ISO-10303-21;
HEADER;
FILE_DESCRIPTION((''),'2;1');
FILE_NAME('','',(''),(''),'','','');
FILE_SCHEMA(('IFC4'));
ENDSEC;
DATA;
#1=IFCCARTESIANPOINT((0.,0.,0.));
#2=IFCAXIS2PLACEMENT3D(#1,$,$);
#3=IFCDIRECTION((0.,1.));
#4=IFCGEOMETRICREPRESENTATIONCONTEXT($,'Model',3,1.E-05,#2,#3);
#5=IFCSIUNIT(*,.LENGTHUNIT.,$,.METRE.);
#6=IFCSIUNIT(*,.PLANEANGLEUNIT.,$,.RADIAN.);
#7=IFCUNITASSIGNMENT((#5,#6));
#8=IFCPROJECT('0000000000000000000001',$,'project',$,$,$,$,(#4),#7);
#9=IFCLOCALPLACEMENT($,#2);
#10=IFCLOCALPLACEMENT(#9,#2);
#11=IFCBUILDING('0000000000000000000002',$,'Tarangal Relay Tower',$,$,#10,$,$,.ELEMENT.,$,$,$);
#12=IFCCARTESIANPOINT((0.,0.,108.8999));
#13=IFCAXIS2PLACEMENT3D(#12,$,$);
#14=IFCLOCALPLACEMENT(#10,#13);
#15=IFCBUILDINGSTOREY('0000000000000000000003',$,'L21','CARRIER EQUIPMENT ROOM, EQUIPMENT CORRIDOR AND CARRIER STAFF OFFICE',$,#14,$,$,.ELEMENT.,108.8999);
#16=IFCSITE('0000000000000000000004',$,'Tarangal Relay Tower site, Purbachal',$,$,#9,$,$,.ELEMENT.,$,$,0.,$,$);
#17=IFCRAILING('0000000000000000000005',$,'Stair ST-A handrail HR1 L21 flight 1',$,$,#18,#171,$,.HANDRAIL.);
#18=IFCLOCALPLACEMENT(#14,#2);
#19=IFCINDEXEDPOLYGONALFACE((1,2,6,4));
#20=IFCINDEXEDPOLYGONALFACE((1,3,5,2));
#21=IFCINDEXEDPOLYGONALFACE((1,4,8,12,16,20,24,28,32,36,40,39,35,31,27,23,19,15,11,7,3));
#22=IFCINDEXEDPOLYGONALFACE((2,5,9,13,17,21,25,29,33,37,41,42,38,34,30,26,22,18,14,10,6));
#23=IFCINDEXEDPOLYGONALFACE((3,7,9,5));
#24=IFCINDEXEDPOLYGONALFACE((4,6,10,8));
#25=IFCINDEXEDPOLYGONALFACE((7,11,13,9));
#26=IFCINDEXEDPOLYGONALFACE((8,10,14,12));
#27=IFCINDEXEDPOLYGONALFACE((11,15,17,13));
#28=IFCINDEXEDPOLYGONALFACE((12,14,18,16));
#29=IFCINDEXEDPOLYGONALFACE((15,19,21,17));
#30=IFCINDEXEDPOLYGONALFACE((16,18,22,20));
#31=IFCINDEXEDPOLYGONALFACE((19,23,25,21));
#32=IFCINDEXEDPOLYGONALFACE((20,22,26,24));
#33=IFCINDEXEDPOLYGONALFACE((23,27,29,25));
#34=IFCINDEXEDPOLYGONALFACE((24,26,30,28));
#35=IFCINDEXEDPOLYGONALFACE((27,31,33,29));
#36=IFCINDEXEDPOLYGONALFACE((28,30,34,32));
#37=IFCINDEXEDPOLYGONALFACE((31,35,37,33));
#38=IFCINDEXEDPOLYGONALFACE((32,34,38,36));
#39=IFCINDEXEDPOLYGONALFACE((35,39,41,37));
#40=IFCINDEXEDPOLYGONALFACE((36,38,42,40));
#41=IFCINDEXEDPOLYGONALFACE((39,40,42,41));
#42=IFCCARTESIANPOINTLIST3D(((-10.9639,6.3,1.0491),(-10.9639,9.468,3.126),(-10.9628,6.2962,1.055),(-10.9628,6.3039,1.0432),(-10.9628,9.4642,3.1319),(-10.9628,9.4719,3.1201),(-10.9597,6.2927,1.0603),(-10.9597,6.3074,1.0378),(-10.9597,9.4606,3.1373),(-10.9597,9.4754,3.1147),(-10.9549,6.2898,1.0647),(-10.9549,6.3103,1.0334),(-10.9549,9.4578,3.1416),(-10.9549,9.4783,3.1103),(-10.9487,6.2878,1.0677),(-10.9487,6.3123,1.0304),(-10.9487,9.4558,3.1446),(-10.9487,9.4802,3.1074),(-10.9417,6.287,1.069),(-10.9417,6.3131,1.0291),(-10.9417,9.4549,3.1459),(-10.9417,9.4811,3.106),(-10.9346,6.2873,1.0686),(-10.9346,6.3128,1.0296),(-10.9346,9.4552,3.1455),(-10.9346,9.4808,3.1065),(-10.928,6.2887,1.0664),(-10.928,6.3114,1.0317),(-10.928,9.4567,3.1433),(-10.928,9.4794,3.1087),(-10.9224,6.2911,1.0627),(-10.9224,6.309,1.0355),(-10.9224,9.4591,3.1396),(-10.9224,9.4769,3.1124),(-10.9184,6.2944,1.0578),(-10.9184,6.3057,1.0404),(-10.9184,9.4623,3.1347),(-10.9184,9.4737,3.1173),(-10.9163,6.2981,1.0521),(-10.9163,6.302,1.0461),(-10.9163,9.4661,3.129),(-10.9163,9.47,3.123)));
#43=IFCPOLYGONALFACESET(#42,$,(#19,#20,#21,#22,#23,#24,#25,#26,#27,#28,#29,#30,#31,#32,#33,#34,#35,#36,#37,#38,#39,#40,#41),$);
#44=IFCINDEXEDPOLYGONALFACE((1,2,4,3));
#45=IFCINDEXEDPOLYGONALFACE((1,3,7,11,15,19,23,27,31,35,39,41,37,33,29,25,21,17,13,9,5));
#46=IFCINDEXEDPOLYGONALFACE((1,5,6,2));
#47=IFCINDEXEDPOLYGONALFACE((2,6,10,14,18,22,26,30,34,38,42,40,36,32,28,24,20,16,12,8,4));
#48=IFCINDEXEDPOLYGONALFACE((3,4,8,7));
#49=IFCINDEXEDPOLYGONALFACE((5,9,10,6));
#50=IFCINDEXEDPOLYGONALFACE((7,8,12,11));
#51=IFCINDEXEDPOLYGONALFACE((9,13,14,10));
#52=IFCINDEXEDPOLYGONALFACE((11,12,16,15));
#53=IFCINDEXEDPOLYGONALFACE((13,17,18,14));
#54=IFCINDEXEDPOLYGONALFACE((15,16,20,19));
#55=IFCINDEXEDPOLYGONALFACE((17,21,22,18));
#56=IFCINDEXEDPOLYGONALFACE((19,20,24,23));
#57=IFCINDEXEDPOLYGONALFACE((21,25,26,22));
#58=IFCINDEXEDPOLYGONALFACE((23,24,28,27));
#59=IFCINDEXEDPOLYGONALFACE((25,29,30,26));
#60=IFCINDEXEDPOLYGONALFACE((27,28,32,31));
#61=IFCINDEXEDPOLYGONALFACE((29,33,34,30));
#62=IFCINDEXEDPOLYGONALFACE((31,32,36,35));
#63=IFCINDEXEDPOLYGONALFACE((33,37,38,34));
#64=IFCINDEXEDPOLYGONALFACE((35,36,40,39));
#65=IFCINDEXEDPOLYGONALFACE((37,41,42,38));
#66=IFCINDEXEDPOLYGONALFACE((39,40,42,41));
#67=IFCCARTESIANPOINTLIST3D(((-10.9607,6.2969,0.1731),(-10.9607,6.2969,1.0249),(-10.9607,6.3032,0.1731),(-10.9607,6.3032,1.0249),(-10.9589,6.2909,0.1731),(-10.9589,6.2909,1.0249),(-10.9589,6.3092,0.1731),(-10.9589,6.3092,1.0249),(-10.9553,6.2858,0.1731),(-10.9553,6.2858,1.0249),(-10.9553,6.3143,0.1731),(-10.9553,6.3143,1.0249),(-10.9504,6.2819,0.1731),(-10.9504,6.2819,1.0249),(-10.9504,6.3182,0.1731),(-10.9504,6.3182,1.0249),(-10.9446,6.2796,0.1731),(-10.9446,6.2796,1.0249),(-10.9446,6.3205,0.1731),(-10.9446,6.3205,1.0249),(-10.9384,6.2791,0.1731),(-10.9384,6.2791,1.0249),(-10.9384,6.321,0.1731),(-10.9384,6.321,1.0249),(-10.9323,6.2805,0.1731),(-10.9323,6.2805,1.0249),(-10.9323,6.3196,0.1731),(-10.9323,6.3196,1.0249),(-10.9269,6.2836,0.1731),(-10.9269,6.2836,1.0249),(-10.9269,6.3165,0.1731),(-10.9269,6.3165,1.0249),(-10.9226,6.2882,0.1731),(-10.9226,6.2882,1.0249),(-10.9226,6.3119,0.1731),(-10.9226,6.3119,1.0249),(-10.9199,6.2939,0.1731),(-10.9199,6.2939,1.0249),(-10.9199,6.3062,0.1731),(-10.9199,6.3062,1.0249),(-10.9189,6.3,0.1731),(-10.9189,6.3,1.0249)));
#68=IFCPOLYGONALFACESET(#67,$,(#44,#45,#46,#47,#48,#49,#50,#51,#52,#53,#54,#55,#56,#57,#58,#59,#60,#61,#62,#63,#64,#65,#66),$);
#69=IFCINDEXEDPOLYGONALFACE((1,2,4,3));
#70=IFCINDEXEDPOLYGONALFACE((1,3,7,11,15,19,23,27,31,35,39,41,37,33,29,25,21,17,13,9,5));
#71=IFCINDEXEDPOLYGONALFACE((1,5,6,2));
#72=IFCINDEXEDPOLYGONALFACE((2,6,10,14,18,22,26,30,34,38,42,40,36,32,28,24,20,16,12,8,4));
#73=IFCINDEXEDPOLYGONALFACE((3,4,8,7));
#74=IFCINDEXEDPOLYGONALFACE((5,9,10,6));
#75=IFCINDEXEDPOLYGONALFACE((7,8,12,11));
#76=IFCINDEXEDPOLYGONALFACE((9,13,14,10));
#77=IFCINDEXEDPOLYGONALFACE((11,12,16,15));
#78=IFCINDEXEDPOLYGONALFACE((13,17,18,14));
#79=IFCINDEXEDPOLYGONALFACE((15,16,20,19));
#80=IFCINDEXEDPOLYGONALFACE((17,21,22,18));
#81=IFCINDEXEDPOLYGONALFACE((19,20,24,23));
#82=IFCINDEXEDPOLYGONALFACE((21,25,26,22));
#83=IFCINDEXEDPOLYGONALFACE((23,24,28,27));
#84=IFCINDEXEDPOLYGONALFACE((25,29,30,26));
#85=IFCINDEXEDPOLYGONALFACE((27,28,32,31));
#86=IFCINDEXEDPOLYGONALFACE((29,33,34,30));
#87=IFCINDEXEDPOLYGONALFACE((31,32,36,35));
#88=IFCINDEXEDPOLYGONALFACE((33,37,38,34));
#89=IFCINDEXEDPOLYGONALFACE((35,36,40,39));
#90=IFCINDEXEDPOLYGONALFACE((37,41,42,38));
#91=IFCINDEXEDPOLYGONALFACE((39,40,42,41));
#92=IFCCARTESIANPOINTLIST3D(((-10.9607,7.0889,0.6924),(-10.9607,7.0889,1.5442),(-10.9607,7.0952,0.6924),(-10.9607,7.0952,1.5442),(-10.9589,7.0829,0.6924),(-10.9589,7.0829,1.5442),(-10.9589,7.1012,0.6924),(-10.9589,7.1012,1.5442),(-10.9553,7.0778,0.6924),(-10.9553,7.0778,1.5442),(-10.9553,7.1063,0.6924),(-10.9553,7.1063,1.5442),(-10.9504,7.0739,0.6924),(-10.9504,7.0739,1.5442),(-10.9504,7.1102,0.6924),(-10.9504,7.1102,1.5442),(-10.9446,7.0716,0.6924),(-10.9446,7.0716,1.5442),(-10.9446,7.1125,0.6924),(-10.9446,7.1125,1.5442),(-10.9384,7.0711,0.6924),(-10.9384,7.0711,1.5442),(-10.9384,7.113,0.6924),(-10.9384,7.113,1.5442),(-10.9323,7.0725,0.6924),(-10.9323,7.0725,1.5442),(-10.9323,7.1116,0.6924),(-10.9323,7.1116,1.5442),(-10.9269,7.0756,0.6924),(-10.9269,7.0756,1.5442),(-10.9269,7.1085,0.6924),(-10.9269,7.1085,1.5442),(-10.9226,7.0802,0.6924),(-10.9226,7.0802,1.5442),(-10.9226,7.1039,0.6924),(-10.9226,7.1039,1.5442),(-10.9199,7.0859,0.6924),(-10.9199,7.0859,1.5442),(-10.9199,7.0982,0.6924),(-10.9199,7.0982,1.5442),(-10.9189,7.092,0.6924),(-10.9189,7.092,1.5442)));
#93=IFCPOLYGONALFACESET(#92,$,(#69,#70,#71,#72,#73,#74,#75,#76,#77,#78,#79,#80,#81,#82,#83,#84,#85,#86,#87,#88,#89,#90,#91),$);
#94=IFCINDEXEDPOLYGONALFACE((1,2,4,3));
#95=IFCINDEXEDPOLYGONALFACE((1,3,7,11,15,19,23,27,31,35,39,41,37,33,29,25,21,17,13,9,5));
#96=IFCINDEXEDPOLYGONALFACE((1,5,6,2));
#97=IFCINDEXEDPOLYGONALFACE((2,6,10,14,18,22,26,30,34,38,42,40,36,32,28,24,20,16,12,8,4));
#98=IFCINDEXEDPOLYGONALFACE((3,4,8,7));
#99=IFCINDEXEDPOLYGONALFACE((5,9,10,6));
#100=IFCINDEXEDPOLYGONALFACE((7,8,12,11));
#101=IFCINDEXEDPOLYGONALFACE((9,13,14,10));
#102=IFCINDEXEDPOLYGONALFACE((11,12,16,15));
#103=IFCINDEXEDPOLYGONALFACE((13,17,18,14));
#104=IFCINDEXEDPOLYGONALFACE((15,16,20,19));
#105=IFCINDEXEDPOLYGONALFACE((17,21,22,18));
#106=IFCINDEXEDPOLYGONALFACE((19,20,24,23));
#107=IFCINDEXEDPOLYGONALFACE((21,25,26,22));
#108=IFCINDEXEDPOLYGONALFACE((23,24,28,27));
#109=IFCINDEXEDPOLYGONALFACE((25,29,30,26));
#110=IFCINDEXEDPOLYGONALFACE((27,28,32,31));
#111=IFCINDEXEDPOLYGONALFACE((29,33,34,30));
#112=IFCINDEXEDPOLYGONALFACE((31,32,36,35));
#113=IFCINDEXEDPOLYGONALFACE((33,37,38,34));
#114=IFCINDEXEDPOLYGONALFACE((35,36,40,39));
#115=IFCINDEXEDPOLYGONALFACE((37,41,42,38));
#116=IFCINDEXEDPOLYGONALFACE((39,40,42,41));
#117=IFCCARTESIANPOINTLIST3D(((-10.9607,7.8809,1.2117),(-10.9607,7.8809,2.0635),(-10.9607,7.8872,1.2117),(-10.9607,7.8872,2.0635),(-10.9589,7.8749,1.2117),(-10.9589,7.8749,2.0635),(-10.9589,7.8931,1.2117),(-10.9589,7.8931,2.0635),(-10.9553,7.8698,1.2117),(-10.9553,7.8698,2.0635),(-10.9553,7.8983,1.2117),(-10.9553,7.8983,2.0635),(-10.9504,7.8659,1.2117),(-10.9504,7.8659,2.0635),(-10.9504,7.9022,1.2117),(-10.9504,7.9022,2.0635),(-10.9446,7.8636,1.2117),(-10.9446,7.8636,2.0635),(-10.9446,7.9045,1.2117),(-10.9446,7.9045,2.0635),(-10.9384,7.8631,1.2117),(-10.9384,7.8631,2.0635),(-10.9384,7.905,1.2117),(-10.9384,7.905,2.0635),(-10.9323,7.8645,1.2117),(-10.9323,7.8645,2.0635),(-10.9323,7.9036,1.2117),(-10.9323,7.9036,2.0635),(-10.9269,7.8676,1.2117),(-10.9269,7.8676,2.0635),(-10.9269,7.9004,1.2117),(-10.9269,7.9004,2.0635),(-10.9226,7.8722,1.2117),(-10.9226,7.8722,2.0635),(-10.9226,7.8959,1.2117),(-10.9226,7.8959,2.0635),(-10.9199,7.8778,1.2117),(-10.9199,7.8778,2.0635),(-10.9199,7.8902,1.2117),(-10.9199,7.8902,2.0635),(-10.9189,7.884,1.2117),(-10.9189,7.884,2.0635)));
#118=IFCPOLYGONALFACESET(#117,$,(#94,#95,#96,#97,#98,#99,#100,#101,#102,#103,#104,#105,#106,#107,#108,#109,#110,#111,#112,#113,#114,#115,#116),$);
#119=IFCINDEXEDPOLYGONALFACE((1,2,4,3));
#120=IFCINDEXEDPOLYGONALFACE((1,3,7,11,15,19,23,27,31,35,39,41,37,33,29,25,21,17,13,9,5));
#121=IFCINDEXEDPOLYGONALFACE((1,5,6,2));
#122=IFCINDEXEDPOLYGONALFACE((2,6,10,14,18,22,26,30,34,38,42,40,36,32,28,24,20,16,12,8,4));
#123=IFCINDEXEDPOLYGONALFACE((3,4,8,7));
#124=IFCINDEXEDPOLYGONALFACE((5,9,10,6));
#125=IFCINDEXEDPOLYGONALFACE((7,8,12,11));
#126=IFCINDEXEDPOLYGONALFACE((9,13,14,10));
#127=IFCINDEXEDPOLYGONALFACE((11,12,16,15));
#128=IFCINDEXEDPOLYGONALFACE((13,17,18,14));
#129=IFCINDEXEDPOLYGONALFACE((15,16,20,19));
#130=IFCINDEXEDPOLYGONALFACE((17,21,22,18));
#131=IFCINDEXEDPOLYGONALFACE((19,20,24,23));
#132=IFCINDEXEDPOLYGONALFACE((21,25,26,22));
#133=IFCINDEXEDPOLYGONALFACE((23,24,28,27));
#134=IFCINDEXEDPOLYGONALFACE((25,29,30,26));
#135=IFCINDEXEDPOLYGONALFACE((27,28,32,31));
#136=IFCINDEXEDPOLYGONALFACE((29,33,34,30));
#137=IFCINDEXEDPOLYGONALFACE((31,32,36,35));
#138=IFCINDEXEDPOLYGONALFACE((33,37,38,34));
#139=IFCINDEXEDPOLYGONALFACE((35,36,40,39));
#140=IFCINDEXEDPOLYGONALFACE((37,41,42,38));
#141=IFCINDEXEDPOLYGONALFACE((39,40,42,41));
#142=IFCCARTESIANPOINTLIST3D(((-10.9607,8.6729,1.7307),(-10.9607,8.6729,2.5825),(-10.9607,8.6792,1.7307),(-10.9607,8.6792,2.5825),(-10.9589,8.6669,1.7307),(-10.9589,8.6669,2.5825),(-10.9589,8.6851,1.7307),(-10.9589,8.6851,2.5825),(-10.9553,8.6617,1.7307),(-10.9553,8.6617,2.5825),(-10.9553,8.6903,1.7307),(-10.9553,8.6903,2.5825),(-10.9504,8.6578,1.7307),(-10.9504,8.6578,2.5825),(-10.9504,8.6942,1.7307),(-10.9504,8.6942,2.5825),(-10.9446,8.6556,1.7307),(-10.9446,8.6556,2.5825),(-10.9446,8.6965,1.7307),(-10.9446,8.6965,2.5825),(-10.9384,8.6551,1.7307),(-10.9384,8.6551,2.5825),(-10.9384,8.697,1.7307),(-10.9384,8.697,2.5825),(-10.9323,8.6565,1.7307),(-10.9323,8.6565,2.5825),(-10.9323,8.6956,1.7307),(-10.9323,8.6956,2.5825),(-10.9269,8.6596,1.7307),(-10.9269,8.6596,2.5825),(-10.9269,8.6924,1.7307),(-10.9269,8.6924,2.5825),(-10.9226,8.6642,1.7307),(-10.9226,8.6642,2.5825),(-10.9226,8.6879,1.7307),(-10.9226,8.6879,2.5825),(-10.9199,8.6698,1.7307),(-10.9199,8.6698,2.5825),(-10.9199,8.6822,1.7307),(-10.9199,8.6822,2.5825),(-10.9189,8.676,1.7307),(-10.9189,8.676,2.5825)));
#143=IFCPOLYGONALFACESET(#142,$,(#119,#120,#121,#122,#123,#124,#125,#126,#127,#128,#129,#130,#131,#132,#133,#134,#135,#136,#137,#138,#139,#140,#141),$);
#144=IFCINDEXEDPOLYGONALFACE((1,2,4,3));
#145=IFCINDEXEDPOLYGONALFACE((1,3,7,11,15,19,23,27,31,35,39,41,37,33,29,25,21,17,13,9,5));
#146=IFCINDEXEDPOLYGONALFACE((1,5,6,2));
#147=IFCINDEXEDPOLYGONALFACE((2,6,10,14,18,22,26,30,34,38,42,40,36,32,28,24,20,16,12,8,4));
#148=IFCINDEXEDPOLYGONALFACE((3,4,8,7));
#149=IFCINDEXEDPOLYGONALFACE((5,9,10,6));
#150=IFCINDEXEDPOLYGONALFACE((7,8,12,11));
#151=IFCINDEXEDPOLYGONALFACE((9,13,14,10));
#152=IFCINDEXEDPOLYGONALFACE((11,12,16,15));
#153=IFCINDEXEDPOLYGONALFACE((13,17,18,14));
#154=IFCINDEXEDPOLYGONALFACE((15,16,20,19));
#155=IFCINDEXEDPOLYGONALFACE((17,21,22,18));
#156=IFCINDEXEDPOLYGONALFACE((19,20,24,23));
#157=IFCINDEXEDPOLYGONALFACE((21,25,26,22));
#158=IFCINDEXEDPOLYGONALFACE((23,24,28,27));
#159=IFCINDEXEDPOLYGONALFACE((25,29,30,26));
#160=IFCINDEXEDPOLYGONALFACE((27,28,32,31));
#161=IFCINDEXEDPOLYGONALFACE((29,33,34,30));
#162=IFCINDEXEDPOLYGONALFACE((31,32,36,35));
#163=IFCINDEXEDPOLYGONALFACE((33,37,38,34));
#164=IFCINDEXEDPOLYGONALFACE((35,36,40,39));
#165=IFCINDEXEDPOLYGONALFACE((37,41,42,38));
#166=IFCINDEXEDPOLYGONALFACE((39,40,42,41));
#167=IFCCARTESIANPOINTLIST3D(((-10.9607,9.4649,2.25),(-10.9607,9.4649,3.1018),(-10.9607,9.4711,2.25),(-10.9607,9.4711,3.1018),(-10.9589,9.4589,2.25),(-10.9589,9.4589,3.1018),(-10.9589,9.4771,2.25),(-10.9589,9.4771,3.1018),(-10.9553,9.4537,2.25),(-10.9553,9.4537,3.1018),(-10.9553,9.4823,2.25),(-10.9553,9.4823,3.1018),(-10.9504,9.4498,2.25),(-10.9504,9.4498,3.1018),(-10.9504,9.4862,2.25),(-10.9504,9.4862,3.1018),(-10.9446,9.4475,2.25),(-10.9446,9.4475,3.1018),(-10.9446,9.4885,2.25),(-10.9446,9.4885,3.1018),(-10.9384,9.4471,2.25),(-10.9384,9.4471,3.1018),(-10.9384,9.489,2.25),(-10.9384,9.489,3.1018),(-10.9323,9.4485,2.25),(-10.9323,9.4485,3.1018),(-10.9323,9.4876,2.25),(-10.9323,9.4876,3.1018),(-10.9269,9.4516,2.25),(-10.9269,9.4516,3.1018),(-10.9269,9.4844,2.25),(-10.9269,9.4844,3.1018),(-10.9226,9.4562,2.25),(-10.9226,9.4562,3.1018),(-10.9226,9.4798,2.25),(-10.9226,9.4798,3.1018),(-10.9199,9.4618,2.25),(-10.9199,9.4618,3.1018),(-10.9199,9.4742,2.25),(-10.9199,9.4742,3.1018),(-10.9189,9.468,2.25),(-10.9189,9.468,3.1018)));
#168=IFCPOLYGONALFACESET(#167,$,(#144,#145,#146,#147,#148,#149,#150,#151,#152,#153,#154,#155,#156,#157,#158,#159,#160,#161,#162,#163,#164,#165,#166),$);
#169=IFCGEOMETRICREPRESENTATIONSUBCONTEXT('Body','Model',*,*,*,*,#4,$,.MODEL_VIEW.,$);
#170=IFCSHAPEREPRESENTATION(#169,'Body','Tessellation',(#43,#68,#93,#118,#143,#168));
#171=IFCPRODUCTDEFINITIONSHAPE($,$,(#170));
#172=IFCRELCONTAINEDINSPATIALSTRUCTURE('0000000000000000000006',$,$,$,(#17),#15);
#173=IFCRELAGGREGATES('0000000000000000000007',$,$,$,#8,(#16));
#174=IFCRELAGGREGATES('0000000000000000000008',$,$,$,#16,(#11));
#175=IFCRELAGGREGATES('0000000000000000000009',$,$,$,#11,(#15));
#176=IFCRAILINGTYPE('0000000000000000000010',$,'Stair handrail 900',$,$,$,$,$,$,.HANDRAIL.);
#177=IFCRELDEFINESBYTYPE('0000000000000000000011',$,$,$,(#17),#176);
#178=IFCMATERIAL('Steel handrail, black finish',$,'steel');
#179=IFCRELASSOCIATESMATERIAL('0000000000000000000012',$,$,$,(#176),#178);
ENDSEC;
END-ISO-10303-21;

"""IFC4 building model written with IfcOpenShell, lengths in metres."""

from ifc_helpers import new_model, si_unit, direction, frame, origin, origin_2d, place, context, subcontext, project, spatial, circle, extrude, material, type_object, element, save


model = new_model("IFC4")

# Units and contexts
model_context = context("Model", 3, precision=1e-05, world=origin(), true_north=direction((0.0, 1.0)))
body_context = subcontext(model_context, "Body", "Model", "MODEL_VIEW")
ifc_project = project(units=[si_unit("LENGTHUNIT", "METRE"), si_unit("PLANEANGLEUNIT", "RADIAN")], contexts=[model_context])

# Site, building, storey
site_placement = place(None, origin())
site = spatial("IfcSite", under=ifc_project, at=site_placement, Name="Tarangal Relay Tower site, Purbachal", CompositionType="ELEMENT", RefElevation=0.0)
building_placement = place(site_placement, origin())
building = spatial("IfcBuilding", under=site, at=building_placement, Name="Tarangal Relay Tower", CompositionType="ELEMENT")
storey_placement = place(building_placement, frame((0.0, 0.0, 108.8999)))
storey = spatial("IfcBuildingStorey", under=building, at=storey_placement, Name="L21", Description="CARRIER EQUIPMENT ROOM, EQUIPMENT CORRIDOR AND CARRIER STAFF OFFICE", CompositionType="ELEMENT", Elevation=108.8999)

# Railing
ifc_material_1 = material(Name="Steel handrail, black finish", Category="steel")
railing_type = type_object("IfcRailingType", Name="Stair handrail 900", PredefinedType="HANDRAIL", material=ifc_material_1)
railing_placement = place(storey_placement, frame((-10.9399, 6.3, 0.1731)))
element("IfcRailing", 1, at=railing_placement, inside=storey, type_object=railing_type, Name="Stair ST-A handrail HR1 L21 flight 1", PredefinedType="HANDRAIL", context=body_context, shape_type="SweptSolid", body=[
    extrude(circle(Radius=0.0239, at=origin_2d()), frame((0.0, 0.0, 0.876), z_axis=(0.0, 0.836299, 0.548273), x_axis=(-1.0, 0.0, 0.0)), (0.0, 0.0, 1.0), 3.7881),
    extrude(circle(Radius=0.021, at=origin_2d()), origin(), (0.0, 0.0, 1.0), 0.8518),
    extrude(circle(Radius=0.021, at=origin_2d()), frame((0.0, 0.792, 0.5193)), (0.0, 0.0, 1.0), 0.8518),
    extrude(circle(Radius=0.021, at=origin_2d()), frame((0.0, 1.584, 1.0386)), (0.0, 0.0, 1.0), 0.8518),
    extrude(circle(Radius=0.021, at=origin_2d()), frame((0.0, 2.376, 1.5576)), (0.0, 0.0, 1.0), 0.8518),
    extrude(circle(Radius=0.021, at=origin_2d()), frame((0.0, 3.168, 2.0769)), (0.0, 0.0, 1.0), 0.8518),
])

save(model, "model.ifc")
